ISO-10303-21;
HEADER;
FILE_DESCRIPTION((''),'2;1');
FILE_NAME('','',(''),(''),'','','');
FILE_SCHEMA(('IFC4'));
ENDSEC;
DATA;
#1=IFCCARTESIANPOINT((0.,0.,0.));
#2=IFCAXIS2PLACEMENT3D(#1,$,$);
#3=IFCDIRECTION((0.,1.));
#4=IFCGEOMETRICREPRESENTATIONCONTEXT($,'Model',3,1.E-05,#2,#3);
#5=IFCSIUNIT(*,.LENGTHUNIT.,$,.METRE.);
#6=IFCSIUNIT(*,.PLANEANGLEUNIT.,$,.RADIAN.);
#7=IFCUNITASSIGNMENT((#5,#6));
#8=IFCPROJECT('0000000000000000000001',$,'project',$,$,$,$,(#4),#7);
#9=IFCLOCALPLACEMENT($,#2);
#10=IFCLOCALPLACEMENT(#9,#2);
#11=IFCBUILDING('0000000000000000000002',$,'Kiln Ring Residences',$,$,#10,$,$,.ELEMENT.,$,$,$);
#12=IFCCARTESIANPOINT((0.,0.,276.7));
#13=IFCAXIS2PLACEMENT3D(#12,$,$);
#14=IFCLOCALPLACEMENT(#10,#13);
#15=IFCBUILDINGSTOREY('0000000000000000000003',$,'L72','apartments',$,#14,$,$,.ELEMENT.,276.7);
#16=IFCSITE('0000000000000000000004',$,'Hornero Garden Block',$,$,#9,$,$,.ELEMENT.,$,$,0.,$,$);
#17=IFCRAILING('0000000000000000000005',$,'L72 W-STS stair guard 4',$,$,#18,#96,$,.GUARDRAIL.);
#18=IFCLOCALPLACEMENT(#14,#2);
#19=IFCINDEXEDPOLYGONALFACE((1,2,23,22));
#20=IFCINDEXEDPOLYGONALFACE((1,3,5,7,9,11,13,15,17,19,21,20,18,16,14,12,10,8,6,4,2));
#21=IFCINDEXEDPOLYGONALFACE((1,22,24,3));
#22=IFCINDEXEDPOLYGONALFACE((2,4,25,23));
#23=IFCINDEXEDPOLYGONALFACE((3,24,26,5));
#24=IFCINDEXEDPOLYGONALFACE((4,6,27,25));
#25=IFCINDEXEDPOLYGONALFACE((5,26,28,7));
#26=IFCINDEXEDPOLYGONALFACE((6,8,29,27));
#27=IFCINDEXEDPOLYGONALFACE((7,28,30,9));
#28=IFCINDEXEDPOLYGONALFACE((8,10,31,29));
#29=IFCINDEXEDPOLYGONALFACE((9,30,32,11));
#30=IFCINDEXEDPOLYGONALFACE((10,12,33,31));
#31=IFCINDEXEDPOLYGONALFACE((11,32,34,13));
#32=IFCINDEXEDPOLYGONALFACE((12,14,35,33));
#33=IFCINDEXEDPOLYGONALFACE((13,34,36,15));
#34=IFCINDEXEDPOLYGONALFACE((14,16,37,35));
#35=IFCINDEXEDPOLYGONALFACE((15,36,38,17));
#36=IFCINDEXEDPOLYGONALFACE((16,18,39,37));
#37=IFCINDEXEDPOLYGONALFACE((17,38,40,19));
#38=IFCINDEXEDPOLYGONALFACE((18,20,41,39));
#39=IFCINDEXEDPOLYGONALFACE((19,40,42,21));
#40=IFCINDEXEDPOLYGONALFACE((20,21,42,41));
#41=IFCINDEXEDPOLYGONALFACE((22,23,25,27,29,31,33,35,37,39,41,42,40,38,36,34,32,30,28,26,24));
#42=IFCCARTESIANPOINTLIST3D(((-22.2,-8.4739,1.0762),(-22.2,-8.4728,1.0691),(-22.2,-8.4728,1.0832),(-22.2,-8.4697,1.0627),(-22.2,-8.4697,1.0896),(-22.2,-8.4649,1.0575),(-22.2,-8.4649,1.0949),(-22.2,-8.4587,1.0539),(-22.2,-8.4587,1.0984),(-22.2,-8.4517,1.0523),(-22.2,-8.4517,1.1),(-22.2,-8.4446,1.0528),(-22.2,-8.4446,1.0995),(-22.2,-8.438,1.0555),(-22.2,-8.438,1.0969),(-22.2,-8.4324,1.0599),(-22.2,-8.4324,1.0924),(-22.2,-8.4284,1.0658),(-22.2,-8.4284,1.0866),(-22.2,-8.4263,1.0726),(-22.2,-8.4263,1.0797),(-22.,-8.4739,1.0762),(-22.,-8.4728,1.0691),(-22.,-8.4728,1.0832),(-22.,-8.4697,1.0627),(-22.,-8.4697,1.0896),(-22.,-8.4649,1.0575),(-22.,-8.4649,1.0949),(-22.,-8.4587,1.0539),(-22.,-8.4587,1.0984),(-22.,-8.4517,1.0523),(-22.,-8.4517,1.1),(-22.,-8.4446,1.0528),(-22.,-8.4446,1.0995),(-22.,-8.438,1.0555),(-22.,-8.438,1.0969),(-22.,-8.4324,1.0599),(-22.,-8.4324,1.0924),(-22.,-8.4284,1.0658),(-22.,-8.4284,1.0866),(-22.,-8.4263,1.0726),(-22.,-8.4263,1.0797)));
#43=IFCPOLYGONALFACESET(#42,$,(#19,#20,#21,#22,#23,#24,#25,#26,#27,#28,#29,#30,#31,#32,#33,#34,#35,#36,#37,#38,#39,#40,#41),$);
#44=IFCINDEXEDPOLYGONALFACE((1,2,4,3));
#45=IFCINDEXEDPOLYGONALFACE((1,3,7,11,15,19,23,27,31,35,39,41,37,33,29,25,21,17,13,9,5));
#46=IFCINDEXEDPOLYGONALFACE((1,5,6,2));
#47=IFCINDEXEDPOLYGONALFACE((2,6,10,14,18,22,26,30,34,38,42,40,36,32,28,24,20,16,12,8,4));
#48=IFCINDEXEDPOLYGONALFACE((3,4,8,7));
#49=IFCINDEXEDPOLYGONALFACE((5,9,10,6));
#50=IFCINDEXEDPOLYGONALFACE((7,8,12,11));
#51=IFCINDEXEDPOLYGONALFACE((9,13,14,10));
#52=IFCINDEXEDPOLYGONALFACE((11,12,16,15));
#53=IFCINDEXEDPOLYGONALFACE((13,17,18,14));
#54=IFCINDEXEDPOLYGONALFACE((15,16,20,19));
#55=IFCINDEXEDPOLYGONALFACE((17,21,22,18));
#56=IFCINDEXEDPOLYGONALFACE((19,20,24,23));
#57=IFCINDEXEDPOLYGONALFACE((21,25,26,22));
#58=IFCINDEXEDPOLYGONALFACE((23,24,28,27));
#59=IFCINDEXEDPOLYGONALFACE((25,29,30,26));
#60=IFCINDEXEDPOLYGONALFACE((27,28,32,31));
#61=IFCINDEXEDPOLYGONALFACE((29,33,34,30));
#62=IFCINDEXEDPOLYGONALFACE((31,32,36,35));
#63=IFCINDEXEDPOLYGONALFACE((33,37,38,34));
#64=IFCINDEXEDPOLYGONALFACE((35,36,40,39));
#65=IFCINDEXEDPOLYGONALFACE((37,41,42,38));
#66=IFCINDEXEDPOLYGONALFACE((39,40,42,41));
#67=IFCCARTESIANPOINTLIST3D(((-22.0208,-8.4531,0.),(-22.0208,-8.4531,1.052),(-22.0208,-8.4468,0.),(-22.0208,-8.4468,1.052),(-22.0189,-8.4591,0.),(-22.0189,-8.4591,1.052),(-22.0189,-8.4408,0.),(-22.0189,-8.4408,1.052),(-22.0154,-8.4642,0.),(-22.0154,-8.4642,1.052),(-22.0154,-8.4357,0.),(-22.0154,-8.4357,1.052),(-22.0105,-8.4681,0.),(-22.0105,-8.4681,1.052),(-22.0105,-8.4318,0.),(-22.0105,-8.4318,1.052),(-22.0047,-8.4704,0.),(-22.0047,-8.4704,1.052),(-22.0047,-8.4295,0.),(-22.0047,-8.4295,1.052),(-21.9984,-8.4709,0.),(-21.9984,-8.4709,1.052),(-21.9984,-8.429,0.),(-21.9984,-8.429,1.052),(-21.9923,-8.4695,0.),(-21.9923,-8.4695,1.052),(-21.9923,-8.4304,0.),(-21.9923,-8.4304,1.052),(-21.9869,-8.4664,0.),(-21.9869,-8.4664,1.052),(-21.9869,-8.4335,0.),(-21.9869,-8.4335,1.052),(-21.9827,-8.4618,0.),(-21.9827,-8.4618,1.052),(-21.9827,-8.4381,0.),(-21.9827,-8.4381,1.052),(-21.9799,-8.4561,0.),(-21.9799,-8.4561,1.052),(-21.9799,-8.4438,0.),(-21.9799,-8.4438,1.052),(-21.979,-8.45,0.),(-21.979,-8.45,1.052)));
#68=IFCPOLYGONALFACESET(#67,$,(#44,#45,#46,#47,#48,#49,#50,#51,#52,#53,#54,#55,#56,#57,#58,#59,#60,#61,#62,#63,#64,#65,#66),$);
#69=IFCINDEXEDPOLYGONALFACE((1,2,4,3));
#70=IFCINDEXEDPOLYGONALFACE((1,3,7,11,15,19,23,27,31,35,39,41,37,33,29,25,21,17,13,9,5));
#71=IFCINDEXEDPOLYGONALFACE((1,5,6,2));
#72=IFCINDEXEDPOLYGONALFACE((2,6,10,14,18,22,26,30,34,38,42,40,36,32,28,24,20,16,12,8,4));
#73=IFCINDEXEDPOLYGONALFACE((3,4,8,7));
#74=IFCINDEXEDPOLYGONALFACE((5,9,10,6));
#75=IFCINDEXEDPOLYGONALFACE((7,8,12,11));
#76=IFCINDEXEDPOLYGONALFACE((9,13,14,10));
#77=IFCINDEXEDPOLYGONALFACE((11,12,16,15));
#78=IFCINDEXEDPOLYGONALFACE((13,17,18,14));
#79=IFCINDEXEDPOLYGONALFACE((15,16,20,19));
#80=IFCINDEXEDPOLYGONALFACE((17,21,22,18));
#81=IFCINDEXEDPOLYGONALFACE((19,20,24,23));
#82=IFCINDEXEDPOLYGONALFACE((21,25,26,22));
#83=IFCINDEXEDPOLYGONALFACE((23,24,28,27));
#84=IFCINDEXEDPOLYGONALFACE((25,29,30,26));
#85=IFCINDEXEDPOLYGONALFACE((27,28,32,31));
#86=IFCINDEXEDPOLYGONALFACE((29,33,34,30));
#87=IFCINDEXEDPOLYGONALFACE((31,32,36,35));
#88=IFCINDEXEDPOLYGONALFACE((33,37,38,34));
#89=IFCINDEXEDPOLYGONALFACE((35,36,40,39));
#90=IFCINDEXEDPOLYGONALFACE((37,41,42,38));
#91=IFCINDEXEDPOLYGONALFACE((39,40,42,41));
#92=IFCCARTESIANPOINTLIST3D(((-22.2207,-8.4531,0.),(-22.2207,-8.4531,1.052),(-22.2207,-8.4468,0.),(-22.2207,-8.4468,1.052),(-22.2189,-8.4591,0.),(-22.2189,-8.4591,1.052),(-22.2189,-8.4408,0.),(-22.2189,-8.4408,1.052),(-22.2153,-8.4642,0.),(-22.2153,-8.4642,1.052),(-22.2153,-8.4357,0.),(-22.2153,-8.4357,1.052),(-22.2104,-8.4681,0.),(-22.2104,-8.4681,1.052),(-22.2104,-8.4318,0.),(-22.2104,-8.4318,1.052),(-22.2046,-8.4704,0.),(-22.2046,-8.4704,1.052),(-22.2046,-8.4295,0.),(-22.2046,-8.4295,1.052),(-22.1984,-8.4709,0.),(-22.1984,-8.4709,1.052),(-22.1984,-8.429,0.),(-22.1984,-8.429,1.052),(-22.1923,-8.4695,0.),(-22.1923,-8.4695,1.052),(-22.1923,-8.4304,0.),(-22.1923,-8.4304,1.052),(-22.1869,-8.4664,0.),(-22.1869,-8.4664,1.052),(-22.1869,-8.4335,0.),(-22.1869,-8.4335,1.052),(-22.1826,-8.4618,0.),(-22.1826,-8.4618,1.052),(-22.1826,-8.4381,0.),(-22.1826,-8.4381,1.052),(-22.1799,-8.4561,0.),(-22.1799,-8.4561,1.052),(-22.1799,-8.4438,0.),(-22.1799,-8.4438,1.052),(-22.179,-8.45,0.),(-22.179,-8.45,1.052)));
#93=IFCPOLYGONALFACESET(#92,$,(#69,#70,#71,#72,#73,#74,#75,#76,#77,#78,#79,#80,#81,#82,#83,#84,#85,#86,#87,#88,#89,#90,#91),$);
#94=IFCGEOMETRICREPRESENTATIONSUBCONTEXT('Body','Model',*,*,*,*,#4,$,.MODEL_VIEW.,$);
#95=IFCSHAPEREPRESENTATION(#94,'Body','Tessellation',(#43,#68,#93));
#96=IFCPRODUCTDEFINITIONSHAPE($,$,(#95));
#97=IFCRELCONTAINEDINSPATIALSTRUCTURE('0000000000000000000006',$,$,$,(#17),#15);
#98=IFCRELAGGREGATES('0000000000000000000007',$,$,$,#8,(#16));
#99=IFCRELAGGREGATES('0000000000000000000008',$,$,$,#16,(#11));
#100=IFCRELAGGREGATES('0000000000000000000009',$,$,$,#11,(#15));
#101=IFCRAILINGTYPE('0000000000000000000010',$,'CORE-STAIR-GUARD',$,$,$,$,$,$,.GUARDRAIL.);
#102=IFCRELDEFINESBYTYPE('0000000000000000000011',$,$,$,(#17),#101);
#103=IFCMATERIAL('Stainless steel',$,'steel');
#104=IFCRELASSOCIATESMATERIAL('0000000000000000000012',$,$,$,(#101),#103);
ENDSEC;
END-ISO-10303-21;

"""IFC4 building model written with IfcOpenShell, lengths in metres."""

from ifc_helpers import new_model, si_unit, direction, frame, origin, origin_2d, place, context, subcontext, project, spatial, circle, extrude, material, type_object, element, save


model = new_model("IFC4")

# Units and contexts
model_context = context("Model", 3, precision=1e-05, world=origin(), true_north=direction((0.0, 1.0)))
body_context = subcontext(model_context, "Body", "Model", "MODEL_VIEW")
ifc_project = project(units=[si_unit("LENGTHUNIT", "METRE"), si_unit("PLANEANGLEUNIT", "RADIAN")], contexts=[model_context])

# Site, building, storey
site_placement = place(None, origin())
site = spatial("IfcSite", under=ifc_project, at=site_placement, Name="Hornero Garden Block", CompositionType="ELEMENT", RefElevation=0.0)
building_placement = place(site_placement, origin())
building = spatial("IfcBuilding", under=site, at=building_placement, Name="Kiln Ring Residences", CompositionType="ELEMENT")
storey_placement = place(building_placement, frame((0.0, 0.0, 276.7)))
storey = spatial("IfcBuildingStorey", under=building, at=storey_placement, Name="L72", Description="apartments", CompositionType="ELEMENT", Elevation=276.7)

# Railing
ifc_material_1 = material(Name="Stainless steel", Category="steel")
railing_type_1 = type_object("IfcRailingType", Name="CORE-STAIR-GUARD", PredefinedType="GUARDRAIL", material=ifc_material_1)
railing_1_placement = place(storey_placement, frame((-22.0, -8.45, 0.0)))
element("IfcRailing", 1, at=railing_1_placement, inside=storey, type_object=railing_type_1, Name="L72 W-STS stair guard 4", PredefinedType="GUARDRAIL", context=body_context, shape_type="SweptSolid", body=[
    extrude(circle(Radius=0.0239, at=origin_2d()), frame((0.0, 0.0, 1.0762), z_axis=(-1.0, 0.0, 0.0), x_axis=(0.0, -1.0, 0.0)), (0.0, 0.0, 1.0), 0.2),
    extrude(circle(Radius=0.021, at=origin_2d()), origin(), (0.0, 0.0, 1.0), 1.052),
    extrude(circle(Radius=0.021, at=origin_2d()), frame((-0.2, 0.0, 0.0)), (0.0, 0.0, 1.0), 1.052),
])

save(model, "model.ifc")
